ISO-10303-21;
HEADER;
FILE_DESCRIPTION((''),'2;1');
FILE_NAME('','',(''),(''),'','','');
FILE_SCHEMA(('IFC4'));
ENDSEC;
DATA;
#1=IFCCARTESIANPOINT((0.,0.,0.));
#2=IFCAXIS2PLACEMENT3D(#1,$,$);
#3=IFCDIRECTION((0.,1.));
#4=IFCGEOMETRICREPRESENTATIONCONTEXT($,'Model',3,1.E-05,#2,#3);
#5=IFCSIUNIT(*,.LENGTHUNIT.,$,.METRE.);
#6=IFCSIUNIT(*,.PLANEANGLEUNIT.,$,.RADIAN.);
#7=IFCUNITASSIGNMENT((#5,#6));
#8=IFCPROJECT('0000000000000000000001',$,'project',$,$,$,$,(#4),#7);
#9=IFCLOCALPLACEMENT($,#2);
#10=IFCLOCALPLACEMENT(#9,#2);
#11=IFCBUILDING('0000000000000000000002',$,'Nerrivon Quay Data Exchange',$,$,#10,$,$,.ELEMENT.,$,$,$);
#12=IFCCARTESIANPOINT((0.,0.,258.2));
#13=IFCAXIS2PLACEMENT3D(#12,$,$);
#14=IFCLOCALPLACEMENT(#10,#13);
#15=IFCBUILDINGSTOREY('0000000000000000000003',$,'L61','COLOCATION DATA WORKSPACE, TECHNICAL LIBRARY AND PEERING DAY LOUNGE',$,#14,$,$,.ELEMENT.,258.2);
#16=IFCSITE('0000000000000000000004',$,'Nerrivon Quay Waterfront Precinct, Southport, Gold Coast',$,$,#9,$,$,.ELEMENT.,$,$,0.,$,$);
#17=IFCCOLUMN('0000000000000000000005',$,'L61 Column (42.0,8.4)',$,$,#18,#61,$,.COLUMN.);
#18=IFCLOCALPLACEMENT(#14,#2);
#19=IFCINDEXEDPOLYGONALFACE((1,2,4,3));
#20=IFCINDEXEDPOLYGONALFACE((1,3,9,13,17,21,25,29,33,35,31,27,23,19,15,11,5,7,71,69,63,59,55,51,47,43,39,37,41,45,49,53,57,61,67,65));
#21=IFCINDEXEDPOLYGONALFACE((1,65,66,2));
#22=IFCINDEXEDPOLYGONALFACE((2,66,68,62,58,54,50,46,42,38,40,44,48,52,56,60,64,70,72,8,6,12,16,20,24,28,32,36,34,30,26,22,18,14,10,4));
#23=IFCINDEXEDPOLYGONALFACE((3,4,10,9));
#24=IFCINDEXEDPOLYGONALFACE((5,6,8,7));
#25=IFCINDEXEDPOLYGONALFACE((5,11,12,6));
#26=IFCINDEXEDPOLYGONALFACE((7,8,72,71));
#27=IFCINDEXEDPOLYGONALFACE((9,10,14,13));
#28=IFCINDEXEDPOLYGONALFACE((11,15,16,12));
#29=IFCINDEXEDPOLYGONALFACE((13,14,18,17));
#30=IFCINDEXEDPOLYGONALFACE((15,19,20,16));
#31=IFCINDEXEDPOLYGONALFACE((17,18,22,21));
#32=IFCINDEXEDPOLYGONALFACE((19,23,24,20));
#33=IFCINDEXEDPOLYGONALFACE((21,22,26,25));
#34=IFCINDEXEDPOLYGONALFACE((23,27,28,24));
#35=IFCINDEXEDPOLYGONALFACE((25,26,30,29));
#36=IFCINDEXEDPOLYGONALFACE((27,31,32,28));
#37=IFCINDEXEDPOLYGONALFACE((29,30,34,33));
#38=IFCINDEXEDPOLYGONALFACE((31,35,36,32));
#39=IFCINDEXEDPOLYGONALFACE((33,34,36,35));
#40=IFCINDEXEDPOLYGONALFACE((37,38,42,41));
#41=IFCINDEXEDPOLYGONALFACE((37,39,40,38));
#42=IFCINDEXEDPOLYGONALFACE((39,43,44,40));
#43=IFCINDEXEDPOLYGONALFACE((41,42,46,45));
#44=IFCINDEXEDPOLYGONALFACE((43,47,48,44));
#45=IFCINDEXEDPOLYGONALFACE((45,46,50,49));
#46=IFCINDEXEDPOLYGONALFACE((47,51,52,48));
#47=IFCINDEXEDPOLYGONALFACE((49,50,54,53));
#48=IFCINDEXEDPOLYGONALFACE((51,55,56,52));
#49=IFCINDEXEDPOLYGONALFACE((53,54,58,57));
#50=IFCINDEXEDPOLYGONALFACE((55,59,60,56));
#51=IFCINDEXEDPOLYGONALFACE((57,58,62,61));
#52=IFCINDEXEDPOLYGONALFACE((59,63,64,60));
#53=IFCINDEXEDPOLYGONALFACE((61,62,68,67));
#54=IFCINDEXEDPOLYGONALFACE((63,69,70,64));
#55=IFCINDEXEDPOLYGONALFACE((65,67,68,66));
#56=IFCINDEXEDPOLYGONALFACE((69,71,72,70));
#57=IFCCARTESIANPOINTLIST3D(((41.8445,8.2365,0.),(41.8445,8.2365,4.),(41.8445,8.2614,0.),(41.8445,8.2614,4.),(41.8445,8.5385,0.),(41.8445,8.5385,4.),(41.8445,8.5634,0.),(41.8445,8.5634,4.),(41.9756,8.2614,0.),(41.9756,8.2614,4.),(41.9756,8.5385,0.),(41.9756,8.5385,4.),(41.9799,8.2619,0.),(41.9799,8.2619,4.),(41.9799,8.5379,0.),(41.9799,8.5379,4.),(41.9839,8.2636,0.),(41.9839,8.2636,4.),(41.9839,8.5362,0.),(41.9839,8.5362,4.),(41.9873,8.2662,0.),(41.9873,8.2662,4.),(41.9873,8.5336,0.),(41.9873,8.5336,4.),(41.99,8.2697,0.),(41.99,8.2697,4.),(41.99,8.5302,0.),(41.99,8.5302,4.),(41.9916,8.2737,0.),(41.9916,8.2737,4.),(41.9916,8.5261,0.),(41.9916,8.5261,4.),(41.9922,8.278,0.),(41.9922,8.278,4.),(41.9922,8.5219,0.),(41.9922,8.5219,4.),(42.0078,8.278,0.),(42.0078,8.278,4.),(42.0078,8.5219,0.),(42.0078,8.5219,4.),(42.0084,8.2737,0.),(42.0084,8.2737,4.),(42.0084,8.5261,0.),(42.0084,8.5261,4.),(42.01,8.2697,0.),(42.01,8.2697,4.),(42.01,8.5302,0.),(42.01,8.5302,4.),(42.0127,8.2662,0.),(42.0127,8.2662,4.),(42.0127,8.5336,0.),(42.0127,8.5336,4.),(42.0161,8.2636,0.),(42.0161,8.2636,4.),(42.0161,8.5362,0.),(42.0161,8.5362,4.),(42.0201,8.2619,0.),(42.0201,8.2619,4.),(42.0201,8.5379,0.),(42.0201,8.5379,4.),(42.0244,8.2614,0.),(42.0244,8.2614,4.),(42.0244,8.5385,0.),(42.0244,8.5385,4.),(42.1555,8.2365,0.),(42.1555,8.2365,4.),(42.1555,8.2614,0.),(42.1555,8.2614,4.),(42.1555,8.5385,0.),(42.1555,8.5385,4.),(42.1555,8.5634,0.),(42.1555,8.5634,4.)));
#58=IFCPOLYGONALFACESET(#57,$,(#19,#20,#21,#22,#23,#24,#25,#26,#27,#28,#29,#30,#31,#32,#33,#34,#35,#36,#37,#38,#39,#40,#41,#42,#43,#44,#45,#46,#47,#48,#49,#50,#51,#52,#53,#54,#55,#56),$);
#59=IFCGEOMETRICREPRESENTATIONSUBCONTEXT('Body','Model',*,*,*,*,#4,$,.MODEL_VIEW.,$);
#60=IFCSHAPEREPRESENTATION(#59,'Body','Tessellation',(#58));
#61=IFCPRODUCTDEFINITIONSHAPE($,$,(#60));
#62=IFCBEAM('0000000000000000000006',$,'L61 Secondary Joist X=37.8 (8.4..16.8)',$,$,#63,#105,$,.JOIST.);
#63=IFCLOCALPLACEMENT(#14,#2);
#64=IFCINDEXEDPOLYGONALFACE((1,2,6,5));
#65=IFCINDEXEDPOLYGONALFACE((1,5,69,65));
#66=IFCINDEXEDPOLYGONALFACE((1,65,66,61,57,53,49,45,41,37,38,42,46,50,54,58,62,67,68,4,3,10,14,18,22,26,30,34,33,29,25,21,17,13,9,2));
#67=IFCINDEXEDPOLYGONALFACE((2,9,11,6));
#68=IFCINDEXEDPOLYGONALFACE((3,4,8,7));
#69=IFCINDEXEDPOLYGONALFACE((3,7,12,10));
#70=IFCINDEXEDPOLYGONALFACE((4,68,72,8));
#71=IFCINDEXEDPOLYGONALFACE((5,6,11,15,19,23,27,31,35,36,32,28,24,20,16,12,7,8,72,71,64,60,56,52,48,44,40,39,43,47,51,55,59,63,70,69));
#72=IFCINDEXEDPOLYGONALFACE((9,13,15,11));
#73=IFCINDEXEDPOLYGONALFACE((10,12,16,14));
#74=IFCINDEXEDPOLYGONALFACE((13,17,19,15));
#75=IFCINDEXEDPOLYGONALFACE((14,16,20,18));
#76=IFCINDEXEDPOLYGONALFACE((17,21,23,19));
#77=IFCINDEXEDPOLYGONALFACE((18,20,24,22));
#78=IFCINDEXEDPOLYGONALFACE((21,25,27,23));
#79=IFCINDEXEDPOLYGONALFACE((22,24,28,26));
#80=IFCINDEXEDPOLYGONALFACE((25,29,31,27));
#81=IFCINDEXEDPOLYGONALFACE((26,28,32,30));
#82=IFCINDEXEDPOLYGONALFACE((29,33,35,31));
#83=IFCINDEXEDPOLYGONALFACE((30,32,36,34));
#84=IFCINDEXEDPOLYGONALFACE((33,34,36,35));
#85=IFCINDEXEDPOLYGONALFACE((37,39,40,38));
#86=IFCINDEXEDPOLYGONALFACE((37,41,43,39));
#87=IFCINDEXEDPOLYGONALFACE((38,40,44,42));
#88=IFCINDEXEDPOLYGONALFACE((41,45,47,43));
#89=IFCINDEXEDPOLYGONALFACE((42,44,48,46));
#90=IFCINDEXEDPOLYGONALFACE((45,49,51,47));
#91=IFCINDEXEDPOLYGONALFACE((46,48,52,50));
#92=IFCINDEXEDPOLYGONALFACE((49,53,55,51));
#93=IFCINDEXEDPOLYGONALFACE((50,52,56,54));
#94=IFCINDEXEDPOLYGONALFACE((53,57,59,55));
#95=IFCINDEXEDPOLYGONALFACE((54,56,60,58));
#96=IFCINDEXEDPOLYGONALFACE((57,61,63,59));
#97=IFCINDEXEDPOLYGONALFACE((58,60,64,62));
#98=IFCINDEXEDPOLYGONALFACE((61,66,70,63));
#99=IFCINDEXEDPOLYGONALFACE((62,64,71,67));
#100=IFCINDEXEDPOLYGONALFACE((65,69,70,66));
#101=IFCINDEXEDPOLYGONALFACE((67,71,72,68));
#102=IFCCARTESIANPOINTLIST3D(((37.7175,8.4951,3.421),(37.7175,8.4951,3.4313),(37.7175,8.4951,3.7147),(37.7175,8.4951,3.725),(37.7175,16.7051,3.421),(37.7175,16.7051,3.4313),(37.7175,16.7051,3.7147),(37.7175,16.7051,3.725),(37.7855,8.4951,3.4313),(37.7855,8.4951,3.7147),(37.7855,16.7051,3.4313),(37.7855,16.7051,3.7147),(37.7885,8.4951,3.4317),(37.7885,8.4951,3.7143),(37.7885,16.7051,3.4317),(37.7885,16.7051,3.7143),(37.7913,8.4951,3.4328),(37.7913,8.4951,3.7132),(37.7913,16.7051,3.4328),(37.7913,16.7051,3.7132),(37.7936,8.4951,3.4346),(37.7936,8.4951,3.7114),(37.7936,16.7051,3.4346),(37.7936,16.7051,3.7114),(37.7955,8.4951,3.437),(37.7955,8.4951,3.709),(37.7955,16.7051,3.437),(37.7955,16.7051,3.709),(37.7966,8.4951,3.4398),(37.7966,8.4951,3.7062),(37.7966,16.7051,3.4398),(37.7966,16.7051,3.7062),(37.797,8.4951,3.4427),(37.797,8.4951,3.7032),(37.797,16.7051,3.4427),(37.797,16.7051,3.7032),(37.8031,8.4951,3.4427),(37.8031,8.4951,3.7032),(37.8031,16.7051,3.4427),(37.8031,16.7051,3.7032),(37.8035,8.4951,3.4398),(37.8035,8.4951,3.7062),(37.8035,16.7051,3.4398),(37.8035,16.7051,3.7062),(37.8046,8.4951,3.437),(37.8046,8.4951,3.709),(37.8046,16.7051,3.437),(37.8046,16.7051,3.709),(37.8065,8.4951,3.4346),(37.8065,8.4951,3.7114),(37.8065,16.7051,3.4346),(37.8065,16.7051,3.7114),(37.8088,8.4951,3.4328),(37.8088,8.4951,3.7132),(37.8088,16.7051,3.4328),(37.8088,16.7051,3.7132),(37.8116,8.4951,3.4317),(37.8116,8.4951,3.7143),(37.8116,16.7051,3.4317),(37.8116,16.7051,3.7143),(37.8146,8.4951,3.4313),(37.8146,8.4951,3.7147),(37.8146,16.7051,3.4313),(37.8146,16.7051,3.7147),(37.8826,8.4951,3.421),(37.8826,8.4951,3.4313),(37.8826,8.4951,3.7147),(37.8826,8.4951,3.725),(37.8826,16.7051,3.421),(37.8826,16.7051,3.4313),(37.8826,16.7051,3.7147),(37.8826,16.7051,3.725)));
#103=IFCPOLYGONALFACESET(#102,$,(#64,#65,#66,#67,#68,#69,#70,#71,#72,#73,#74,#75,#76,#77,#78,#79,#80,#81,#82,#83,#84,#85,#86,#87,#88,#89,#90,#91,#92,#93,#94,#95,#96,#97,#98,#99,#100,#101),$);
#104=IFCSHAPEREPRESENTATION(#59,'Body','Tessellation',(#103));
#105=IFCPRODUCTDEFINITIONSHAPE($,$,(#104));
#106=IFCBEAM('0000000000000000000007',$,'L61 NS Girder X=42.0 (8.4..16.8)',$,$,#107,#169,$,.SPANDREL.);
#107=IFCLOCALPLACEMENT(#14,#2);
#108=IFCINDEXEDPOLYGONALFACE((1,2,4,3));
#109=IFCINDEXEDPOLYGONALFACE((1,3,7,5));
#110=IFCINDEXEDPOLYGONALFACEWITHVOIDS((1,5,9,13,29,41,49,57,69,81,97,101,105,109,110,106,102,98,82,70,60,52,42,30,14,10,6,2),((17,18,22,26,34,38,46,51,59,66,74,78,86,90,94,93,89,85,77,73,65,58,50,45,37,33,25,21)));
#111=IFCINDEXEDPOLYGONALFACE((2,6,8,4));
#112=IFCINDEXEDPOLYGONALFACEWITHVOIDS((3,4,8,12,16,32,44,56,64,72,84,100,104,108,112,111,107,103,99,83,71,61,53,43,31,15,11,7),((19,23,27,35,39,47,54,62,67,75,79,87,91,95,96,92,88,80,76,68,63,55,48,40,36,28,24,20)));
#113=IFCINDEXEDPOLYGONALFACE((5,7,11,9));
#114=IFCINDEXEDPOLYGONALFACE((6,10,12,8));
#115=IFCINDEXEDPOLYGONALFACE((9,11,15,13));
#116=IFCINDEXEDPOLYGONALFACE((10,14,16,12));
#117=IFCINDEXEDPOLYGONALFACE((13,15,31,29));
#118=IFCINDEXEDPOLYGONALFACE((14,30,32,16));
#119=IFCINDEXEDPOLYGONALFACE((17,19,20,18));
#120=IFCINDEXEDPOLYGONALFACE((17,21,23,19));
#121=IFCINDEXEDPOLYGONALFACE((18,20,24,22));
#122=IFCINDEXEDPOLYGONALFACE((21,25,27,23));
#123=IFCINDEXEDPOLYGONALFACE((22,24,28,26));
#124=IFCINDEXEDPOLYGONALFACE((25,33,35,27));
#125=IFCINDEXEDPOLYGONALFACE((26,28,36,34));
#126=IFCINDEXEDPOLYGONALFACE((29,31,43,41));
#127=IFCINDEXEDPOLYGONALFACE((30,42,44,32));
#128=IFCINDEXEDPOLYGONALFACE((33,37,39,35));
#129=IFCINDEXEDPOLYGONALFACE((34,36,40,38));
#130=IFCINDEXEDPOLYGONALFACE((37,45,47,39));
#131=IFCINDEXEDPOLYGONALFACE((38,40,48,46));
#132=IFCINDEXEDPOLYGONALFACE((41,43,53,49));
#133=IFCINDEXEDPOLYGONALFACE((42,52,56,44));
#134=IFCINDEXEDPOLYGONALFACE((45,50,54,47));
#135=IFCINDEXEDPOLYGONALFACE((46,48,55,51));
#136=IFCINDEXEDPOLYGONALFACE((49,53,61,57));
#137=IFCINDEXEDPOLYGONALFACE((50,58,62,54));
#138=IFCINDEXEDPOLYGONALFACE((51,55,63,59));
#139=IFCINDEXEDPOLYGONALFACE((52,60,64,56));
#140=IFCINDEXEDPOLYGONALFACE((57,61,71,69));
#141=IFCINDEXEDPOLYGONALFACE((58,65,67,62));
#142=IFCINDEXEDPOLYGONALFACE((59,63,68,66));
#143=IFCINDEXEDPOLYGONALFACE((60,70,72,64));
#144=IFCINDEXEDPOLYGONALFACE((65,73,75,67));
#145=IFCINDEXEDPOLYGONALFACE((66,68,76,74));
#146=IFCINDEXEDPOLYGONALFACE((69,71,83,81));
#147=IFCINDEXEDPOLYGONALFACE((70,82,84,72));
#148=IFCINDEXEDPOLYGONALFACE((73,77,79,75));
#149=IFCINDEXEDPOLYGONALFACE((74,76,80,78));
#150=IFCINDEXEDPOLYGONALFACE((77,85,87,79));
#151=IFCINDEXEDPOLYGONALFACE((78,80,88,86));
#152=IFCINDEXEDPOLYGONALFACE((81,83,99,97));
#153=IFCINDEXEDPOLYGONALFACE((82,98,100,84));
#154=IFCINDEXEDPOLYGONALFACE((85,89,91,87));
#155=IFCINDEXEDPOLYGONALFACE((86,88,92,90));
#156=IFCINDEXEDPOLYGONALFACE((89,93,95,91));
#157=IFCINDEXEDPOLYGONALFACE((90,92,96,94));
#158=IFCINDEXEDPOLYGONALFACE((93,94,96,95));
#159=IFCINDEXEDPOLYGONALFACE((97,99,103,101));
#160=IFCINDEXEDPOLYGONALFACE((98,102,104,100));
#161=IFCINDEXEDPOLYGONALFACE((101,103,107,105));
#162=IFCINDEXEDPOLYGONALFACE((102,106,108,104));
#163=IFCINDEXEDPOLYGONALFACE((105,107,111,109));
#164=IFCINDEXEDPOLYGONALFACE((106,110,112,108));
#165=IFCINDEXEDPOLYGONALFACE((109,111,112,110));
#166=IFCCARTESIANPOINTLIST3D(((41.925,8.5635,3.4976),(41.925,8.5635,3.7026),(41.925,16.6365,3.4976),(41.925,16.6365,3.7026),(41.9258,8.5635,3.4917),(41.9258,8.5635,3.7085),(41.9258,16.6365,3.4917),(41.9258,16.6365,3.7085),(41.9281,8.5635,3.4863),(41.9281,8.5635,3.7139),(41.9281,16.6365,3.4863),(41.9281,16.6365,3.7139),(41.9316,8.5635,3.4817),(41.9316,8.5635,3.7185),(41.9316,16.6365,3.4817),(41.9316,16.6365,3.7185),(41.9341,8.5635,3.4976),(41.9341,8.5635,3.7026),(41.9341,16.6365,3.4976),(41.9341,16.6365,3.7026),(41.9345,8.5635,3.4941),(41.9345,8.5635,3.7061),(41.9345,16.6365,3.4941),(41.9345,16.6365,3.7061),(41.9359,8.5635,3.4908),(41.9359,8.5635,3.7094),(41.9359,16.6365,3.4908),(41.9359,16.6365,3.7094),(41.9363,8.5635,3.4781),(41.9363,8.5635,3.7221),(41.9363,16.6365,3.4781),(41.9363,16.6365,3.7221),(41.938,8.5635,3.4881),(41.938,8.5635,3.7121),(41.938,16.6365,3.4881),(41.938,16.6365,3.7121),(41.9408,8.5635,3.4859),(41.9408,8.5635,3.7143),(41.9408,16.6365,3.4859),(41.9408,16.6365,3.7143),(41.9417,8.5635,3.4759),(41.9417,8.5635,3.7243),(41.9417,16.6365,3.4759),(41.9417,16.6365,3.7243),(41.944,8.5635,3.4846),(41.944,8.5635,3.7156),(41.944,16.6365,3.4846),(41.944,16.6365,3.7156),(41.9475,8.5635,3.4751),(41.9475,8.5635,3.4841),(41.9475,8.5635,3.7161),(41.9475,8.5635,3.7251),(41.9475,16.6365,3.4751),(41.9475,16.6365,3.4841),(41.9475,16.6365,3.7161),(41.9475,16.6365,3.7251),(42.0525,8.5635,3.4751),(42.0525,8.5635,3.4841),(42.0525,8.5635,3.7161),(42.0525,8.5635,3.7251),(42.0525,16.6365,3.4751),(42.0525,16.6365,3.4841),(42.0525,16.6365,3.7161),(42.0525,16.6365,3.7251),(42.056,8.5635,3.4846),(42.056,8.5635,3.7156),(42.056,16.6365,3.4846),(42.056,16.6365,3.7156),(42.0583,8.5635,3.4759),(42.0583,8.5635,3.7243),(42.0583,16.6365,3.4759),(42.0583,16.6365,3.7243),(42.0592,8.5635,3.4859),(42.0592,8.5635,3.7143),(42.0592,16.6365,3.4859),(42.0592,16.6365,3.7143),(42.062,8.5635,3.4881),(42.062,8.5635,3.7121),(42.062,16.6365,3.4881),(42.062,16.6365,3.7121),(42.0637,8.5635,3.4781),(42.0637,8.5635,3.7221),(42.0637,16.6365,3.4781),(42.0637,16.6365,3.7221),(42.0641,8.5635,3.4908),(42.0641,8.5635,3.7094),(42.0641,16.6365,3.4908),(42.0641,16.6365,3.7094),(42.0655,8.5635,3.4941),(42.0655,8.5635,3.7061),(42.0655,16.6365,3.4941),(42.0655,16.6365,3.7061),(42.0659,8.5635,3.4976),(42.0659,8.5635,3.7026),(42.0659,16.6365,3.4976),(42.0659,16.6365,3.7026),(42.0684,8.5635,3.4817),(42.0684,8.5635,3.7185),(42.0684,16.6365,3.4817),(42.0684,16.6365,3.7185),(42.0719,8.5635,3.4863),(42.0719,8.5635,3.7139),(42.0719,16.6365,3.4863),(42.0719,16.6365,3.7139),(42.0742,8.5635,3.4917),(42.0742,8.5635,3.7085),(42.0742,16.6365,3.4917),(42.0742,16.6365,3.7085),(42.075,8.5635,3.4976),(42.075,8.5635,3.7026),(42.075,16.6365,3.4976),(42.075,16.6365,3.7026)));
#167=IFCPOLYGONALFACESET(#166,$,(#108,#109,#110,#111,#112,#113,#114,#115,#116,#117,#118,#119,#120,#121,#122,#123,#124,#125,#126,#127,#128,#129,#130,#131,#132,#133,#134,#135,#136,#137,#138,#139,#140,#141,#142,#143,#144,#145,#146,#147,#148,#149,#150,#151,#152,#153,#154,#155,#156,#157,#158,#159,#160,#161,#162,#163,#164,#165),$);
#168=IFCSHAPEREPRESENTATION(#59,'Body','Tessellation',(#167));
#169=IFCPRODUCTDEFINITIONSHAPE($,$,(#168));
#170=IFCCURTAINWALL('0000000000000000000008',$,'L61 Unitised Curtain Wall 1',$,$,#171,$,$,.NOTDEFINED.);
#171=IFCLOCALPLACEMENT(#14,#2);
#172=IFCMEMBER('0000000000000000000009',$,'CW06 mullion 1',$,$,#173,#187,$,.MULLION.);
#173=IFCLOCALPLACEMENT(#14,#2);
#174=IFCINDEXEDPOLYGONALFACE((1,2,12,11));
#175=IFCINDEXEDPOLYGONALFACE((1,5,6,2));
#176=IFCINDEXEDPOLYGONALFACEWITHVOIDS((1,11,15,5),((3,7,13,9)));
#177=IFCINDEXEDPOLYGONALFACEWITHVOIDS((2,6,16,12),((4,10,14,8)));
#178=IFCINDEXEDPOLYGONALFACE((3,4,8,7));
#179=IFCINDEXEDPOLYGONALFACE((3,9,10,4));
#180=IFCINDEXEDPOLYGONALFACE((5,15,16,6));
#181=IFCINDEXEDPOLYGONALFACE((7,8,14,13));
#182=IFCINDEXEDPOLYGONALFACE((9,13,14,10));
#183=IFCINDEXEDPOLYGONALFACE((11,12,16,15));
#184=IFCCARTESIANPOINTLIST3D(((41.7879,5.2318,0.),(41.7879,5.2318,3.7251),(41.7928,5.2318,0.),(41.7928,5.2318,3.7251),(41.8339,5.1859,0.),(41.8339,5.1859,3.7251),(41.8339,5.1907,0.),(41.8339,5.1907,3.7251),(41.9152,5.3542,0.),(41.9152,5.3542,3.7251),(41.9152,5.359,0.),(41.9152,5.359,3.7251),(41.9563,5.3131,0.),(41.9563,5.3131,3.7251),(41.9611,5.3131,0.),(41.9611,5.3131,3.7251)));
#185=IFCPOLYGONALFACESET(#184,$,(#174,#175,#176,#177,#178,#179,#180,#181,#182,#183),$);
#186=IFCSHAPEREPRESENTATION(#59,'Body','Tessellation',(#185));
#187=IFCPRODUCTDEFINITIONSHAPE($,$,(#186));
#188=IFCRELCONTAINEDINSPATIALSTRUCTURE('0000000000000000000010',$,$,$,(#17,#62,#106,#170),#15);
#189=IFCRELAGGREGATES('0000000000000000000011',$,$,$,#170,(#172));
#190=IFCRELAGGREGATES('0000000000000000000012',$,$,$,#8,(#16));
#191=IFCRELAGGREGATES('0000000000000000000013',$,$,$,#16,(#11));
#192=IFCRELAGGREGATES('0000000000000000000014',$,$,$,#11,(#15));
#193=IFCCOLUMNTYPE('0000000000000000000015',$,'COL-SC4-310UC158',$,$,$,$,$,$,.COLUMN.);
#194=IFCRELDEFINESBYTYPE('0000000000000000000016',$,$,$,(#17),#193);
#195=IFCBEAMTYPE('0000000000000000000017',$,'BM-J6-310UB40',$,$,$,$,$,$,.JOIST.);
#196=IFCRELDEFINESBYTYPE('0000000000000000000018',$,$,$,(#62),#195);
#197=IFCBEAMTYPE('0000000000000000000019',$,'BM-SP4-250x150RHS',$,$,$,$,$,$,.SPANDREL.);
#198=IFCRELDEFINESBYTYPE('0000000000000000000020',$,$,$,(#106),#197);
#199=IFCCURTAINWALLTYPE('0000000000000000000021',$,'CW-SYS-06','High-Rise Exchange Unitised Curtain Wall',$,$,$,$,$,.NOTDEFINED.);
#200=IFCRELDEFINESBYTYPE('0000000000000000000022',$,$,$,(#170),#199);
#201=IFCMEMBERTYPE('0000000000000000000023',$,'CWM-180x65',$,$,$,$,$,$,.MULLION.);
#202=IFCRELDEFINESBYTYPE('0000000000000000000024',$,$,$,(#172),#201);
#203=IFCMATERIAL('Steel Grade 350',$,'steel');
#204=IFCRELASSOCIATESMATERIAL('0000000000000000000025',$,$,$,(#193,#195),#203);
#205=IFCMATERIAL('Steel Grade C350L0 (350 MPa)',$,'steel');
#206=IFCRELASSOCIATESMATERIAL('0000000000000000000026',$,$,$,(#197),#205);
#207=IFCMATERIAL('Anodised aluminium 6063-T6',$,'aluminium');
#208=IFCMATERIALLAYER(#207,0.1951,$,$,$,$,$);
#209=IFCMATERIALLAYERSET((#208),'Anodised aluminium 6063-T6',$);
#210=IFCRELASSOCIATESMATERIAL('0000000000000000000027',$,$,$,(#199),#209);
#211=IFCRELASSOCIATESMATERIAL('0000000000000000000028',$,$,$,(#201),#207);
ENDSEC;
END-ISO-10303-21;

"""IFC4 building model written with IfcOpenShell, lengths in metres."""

from ifc_helpers import new_model, si_unit, direction, frame, origin, origin_2d, place, context, subcontext, project, spatial, hollow_rectangle, i_section, extrude, material, layer, layer_set, material_profile, profile_set, type_object, element, aggregate, save


model = new_model("IFC4")

# Units and contexts
model_context = context("Model", 3, precision=1e-05, world=origin(), true_north=direction((0.0, 1.0)))
body_context = subcontext(model_context, "Body", "Model", "MODEL_VIEW")
ifc_project = project(units=[si_unit("LENGTHUNIT", "METRE"), si_unit("PLANEANGLEUNIT", "RADIAN")], contexts=[model_context])

# Site, building, storey
site_placement = place(None, origin())
site = spatial("IfcSite", under=ifc_project, at=site_placement, Name="Nerrivon Quay Waterfront Precinct, Southport, Gold Coast", CompositionType="ELEMENT", RefElevation=0.0)
building_placement = place(site_placement, origin())
building = spatial("IfcBuilding", under=site, at=building_placement, Name="Nerrivon Quay Data Exchange", CompositionType="ELEMENT")
storey_placement = place(building_placement, frame((0.0, 0.0, 258.2)))
storey = spatial("IfcBuildingStorey", under=building, at=storey_placement, Name="L61", Description="COLOCATION DATA WORKSPACE, TECHNICAL LIBRARY AND PEERING DAY LOUNGE", CompositionType="ELEMENT", Elevation=258.2)

# Column
ifc_material_1 = material(Name="Steel Grade 350", Category="steel")
ifc_material_profile_1 = material_profile(ifc_material_1, i_section(OverallWidth=0.311, OverallDepth=0.3269, WebThickness=0.0156, FlangeThickness=0.0249, FilletRadius=0.0166, at=origin_2d()), Name="310UC158")
ifc_profile_set_1 = profile_set([ifc_material_profile_1], Name="Steel Grade 350")
column_type = type_object("IfcColumnType", Name="COL-SC4-310UC158", PredefinedType="COLUMN", material=ifc_profile_set_1)
column_placement = place(storey_placement, frame((42.0, 8.3999, 0.0), z_axis=(0.0, 0.0, 1.0), x_axis=(1.0, 0.0, 0.0)))
element("IfcColumn", 1, at=column_placement, inside=storey, type_object=column_type, Name="L61 Column (42.0,8.4)", PredefinedType="COLUMN", context=body_context, shape_type="SweptSolid", body=[
    extrude(i_section(OverallWidth=0.311, OverallDepth=0.3269, WebThickness=0.0156, FlangeThickness=0.0249, FilletRadius=0.0166, at=origin_2d()), origin(), (0.0, 0.0, 1.0), 4.0),
])

# Beams
ifc_material_profile_2 = material_profile(ifc_material_1, i_section(OverallWidth=0.165, OverallDepth=0.304, WebThickness=0.0061, FlangeThickness=0.0103, FilletRadius=0.0115, at=origin_2d()), Name="310UB40.4")
ifc_profile_set_2 = profile_set([ifc_material_profile_2], Name="Steel Grade 350")
beam_type_1 = type_object("IfcBeamType", Name="BM-J6-310UB40", PredefinedType="JOIST", material=ifc_profile_set_2)
beam_1_placement = place(storey_placement, frame((37.8, 8.4951, 3.573), z_axis=(0.0, 1.0, 0.0), x_axis=(-1.0, 0.0, 0.0)))
element("IfcBeam", 2, at=beam_1_placement, inside=storey, type_object=beam_type_1, Name="L61 Secondary Joist X=37.8 (8.4..16.8)", PredefinedType="JOIST", context=body_context, shape_type="SweptSolid", body=[
    extrude(i_section(OverallWidth=0.165, OverallDepth=0.304, WebThickness=0.0061, FlangeThickness=0.0103, FilletRadius=0.0115, at=origin_2d()), origin(), (0.0, 0.0, 1.0), 8.21),
])
ifc_material_2 = material(Name="Steel Grade C350L0 (350 MPa)", Category="steel")
ifc_material_profile_3 = material_profile(ifc_material_2, hollow_rectangle(XDim=0.1499, YDim=0.25, WallThickness=0.009, InnerFilletRadius=0.0134, OuterFilletRadius=0.0225, at=origin_2d()), Name="250x150x9.0RHS")
ifc_profile_set_3 = profile_set([ifc_material_profile_3], Name="Steel Grade C350L0 (350 MPa)")
beam_type_2 = type_object("IfcBeamType", Name="BM-SP4-250x150RHS", PredefinedType="SPANDREL", material=ifc_profile_set_3)
beam_2_placement = place(storey_placement, frame((42.0, 8.5635, 3.6001), z_axis=(0.0, 1.0, 0.0), x_axis=(-1.0, 0.0, 0.0)))
element("IfcBeam", 3, at=beam_2_placement, inside=storey, type_object=beam_type_2, Name="L61 NS Girder X=42.0 (8.4..16.8)", PredefinedType="SPANDREL", context=body_context, shape_type="SweptSolid", body=[
    extrude(hollow_rectangle(XDim=0.1499, YDim=0.25, WallThickness=0.009, InnerFilletRadius=0.0134, OuterFilletRadius=0.0225, at=origin_2d()), origin(), (0.0, 0.0, 1.0), 8.073),
])

# Curtain wall, member
ifc_material_3 = material(Name="Anodised aluminium 6063-T6", Category="aluminium")
ifc_layer_1 = layer(ifc_material_3, 0.1951)
ifc_layer_set_1 = layer_set([ifc_layer_1], Name="Anodised aluminium 6063-T6")
curtain_wall_type = type_object("IfcCurtainWallType", Name="CW-SYS-06", Description="High-Rise Exchange Unitised Curtain Wall", PredefinedType="NOTDEFINED", material=ifc_layer_set_1)
curtain_wall_1_placement = place(storey_placement, origin())
curtain_wall_1 = element("IfcCurtainWall", 4, at=curtain_wall_1_placement, inside=storey, type_object=curtain_wall_type, Name="L61 Unitised Curtain Wall 1", PredefinedType="NOTDEFINED")
ifc_material_profile_4 = material_profile(ifc_material_3, hollow_rectangle(XDim=0.0649, YDim=0.1799, WallThickness=0.0034, at=origin_2d()), Name="ALU-MULL-180x65")
ifc_profile_set_4 = profile_set([ifc_material_profile_4], Name="Anodised aluminium 6063-T6")
member_type_1 = type_object("IfcMemberType", Name="CWM-180x65", PredefinedType="MULLION", material=ifc_profile_set_4)
member_1_placement = place(storey_placement, frame((41.8745, 5.2725, 0.0), z_axis=(0.0, 0.0, 1.0), x_axis=(0.707107, -0.707107, 0.0)))
member_1 = element("IfcMember", 5, at=member_1_placement, type_object=member_type_1, Name="CW06 mullion 1", PredefinedType="MULLION", context=body_context, shape_type="SweptSolid", body=[
    extrude(hollow_rectangle(XDim=0.0649, YDim=0.1799, WallThickness=0.0034, at=origin_2d()), origin(), (0.0, 0.0, 1.0), 3.7251),
])

aggregate(curtain_wall_1, [member_1])

save(model, "model.ifc")
